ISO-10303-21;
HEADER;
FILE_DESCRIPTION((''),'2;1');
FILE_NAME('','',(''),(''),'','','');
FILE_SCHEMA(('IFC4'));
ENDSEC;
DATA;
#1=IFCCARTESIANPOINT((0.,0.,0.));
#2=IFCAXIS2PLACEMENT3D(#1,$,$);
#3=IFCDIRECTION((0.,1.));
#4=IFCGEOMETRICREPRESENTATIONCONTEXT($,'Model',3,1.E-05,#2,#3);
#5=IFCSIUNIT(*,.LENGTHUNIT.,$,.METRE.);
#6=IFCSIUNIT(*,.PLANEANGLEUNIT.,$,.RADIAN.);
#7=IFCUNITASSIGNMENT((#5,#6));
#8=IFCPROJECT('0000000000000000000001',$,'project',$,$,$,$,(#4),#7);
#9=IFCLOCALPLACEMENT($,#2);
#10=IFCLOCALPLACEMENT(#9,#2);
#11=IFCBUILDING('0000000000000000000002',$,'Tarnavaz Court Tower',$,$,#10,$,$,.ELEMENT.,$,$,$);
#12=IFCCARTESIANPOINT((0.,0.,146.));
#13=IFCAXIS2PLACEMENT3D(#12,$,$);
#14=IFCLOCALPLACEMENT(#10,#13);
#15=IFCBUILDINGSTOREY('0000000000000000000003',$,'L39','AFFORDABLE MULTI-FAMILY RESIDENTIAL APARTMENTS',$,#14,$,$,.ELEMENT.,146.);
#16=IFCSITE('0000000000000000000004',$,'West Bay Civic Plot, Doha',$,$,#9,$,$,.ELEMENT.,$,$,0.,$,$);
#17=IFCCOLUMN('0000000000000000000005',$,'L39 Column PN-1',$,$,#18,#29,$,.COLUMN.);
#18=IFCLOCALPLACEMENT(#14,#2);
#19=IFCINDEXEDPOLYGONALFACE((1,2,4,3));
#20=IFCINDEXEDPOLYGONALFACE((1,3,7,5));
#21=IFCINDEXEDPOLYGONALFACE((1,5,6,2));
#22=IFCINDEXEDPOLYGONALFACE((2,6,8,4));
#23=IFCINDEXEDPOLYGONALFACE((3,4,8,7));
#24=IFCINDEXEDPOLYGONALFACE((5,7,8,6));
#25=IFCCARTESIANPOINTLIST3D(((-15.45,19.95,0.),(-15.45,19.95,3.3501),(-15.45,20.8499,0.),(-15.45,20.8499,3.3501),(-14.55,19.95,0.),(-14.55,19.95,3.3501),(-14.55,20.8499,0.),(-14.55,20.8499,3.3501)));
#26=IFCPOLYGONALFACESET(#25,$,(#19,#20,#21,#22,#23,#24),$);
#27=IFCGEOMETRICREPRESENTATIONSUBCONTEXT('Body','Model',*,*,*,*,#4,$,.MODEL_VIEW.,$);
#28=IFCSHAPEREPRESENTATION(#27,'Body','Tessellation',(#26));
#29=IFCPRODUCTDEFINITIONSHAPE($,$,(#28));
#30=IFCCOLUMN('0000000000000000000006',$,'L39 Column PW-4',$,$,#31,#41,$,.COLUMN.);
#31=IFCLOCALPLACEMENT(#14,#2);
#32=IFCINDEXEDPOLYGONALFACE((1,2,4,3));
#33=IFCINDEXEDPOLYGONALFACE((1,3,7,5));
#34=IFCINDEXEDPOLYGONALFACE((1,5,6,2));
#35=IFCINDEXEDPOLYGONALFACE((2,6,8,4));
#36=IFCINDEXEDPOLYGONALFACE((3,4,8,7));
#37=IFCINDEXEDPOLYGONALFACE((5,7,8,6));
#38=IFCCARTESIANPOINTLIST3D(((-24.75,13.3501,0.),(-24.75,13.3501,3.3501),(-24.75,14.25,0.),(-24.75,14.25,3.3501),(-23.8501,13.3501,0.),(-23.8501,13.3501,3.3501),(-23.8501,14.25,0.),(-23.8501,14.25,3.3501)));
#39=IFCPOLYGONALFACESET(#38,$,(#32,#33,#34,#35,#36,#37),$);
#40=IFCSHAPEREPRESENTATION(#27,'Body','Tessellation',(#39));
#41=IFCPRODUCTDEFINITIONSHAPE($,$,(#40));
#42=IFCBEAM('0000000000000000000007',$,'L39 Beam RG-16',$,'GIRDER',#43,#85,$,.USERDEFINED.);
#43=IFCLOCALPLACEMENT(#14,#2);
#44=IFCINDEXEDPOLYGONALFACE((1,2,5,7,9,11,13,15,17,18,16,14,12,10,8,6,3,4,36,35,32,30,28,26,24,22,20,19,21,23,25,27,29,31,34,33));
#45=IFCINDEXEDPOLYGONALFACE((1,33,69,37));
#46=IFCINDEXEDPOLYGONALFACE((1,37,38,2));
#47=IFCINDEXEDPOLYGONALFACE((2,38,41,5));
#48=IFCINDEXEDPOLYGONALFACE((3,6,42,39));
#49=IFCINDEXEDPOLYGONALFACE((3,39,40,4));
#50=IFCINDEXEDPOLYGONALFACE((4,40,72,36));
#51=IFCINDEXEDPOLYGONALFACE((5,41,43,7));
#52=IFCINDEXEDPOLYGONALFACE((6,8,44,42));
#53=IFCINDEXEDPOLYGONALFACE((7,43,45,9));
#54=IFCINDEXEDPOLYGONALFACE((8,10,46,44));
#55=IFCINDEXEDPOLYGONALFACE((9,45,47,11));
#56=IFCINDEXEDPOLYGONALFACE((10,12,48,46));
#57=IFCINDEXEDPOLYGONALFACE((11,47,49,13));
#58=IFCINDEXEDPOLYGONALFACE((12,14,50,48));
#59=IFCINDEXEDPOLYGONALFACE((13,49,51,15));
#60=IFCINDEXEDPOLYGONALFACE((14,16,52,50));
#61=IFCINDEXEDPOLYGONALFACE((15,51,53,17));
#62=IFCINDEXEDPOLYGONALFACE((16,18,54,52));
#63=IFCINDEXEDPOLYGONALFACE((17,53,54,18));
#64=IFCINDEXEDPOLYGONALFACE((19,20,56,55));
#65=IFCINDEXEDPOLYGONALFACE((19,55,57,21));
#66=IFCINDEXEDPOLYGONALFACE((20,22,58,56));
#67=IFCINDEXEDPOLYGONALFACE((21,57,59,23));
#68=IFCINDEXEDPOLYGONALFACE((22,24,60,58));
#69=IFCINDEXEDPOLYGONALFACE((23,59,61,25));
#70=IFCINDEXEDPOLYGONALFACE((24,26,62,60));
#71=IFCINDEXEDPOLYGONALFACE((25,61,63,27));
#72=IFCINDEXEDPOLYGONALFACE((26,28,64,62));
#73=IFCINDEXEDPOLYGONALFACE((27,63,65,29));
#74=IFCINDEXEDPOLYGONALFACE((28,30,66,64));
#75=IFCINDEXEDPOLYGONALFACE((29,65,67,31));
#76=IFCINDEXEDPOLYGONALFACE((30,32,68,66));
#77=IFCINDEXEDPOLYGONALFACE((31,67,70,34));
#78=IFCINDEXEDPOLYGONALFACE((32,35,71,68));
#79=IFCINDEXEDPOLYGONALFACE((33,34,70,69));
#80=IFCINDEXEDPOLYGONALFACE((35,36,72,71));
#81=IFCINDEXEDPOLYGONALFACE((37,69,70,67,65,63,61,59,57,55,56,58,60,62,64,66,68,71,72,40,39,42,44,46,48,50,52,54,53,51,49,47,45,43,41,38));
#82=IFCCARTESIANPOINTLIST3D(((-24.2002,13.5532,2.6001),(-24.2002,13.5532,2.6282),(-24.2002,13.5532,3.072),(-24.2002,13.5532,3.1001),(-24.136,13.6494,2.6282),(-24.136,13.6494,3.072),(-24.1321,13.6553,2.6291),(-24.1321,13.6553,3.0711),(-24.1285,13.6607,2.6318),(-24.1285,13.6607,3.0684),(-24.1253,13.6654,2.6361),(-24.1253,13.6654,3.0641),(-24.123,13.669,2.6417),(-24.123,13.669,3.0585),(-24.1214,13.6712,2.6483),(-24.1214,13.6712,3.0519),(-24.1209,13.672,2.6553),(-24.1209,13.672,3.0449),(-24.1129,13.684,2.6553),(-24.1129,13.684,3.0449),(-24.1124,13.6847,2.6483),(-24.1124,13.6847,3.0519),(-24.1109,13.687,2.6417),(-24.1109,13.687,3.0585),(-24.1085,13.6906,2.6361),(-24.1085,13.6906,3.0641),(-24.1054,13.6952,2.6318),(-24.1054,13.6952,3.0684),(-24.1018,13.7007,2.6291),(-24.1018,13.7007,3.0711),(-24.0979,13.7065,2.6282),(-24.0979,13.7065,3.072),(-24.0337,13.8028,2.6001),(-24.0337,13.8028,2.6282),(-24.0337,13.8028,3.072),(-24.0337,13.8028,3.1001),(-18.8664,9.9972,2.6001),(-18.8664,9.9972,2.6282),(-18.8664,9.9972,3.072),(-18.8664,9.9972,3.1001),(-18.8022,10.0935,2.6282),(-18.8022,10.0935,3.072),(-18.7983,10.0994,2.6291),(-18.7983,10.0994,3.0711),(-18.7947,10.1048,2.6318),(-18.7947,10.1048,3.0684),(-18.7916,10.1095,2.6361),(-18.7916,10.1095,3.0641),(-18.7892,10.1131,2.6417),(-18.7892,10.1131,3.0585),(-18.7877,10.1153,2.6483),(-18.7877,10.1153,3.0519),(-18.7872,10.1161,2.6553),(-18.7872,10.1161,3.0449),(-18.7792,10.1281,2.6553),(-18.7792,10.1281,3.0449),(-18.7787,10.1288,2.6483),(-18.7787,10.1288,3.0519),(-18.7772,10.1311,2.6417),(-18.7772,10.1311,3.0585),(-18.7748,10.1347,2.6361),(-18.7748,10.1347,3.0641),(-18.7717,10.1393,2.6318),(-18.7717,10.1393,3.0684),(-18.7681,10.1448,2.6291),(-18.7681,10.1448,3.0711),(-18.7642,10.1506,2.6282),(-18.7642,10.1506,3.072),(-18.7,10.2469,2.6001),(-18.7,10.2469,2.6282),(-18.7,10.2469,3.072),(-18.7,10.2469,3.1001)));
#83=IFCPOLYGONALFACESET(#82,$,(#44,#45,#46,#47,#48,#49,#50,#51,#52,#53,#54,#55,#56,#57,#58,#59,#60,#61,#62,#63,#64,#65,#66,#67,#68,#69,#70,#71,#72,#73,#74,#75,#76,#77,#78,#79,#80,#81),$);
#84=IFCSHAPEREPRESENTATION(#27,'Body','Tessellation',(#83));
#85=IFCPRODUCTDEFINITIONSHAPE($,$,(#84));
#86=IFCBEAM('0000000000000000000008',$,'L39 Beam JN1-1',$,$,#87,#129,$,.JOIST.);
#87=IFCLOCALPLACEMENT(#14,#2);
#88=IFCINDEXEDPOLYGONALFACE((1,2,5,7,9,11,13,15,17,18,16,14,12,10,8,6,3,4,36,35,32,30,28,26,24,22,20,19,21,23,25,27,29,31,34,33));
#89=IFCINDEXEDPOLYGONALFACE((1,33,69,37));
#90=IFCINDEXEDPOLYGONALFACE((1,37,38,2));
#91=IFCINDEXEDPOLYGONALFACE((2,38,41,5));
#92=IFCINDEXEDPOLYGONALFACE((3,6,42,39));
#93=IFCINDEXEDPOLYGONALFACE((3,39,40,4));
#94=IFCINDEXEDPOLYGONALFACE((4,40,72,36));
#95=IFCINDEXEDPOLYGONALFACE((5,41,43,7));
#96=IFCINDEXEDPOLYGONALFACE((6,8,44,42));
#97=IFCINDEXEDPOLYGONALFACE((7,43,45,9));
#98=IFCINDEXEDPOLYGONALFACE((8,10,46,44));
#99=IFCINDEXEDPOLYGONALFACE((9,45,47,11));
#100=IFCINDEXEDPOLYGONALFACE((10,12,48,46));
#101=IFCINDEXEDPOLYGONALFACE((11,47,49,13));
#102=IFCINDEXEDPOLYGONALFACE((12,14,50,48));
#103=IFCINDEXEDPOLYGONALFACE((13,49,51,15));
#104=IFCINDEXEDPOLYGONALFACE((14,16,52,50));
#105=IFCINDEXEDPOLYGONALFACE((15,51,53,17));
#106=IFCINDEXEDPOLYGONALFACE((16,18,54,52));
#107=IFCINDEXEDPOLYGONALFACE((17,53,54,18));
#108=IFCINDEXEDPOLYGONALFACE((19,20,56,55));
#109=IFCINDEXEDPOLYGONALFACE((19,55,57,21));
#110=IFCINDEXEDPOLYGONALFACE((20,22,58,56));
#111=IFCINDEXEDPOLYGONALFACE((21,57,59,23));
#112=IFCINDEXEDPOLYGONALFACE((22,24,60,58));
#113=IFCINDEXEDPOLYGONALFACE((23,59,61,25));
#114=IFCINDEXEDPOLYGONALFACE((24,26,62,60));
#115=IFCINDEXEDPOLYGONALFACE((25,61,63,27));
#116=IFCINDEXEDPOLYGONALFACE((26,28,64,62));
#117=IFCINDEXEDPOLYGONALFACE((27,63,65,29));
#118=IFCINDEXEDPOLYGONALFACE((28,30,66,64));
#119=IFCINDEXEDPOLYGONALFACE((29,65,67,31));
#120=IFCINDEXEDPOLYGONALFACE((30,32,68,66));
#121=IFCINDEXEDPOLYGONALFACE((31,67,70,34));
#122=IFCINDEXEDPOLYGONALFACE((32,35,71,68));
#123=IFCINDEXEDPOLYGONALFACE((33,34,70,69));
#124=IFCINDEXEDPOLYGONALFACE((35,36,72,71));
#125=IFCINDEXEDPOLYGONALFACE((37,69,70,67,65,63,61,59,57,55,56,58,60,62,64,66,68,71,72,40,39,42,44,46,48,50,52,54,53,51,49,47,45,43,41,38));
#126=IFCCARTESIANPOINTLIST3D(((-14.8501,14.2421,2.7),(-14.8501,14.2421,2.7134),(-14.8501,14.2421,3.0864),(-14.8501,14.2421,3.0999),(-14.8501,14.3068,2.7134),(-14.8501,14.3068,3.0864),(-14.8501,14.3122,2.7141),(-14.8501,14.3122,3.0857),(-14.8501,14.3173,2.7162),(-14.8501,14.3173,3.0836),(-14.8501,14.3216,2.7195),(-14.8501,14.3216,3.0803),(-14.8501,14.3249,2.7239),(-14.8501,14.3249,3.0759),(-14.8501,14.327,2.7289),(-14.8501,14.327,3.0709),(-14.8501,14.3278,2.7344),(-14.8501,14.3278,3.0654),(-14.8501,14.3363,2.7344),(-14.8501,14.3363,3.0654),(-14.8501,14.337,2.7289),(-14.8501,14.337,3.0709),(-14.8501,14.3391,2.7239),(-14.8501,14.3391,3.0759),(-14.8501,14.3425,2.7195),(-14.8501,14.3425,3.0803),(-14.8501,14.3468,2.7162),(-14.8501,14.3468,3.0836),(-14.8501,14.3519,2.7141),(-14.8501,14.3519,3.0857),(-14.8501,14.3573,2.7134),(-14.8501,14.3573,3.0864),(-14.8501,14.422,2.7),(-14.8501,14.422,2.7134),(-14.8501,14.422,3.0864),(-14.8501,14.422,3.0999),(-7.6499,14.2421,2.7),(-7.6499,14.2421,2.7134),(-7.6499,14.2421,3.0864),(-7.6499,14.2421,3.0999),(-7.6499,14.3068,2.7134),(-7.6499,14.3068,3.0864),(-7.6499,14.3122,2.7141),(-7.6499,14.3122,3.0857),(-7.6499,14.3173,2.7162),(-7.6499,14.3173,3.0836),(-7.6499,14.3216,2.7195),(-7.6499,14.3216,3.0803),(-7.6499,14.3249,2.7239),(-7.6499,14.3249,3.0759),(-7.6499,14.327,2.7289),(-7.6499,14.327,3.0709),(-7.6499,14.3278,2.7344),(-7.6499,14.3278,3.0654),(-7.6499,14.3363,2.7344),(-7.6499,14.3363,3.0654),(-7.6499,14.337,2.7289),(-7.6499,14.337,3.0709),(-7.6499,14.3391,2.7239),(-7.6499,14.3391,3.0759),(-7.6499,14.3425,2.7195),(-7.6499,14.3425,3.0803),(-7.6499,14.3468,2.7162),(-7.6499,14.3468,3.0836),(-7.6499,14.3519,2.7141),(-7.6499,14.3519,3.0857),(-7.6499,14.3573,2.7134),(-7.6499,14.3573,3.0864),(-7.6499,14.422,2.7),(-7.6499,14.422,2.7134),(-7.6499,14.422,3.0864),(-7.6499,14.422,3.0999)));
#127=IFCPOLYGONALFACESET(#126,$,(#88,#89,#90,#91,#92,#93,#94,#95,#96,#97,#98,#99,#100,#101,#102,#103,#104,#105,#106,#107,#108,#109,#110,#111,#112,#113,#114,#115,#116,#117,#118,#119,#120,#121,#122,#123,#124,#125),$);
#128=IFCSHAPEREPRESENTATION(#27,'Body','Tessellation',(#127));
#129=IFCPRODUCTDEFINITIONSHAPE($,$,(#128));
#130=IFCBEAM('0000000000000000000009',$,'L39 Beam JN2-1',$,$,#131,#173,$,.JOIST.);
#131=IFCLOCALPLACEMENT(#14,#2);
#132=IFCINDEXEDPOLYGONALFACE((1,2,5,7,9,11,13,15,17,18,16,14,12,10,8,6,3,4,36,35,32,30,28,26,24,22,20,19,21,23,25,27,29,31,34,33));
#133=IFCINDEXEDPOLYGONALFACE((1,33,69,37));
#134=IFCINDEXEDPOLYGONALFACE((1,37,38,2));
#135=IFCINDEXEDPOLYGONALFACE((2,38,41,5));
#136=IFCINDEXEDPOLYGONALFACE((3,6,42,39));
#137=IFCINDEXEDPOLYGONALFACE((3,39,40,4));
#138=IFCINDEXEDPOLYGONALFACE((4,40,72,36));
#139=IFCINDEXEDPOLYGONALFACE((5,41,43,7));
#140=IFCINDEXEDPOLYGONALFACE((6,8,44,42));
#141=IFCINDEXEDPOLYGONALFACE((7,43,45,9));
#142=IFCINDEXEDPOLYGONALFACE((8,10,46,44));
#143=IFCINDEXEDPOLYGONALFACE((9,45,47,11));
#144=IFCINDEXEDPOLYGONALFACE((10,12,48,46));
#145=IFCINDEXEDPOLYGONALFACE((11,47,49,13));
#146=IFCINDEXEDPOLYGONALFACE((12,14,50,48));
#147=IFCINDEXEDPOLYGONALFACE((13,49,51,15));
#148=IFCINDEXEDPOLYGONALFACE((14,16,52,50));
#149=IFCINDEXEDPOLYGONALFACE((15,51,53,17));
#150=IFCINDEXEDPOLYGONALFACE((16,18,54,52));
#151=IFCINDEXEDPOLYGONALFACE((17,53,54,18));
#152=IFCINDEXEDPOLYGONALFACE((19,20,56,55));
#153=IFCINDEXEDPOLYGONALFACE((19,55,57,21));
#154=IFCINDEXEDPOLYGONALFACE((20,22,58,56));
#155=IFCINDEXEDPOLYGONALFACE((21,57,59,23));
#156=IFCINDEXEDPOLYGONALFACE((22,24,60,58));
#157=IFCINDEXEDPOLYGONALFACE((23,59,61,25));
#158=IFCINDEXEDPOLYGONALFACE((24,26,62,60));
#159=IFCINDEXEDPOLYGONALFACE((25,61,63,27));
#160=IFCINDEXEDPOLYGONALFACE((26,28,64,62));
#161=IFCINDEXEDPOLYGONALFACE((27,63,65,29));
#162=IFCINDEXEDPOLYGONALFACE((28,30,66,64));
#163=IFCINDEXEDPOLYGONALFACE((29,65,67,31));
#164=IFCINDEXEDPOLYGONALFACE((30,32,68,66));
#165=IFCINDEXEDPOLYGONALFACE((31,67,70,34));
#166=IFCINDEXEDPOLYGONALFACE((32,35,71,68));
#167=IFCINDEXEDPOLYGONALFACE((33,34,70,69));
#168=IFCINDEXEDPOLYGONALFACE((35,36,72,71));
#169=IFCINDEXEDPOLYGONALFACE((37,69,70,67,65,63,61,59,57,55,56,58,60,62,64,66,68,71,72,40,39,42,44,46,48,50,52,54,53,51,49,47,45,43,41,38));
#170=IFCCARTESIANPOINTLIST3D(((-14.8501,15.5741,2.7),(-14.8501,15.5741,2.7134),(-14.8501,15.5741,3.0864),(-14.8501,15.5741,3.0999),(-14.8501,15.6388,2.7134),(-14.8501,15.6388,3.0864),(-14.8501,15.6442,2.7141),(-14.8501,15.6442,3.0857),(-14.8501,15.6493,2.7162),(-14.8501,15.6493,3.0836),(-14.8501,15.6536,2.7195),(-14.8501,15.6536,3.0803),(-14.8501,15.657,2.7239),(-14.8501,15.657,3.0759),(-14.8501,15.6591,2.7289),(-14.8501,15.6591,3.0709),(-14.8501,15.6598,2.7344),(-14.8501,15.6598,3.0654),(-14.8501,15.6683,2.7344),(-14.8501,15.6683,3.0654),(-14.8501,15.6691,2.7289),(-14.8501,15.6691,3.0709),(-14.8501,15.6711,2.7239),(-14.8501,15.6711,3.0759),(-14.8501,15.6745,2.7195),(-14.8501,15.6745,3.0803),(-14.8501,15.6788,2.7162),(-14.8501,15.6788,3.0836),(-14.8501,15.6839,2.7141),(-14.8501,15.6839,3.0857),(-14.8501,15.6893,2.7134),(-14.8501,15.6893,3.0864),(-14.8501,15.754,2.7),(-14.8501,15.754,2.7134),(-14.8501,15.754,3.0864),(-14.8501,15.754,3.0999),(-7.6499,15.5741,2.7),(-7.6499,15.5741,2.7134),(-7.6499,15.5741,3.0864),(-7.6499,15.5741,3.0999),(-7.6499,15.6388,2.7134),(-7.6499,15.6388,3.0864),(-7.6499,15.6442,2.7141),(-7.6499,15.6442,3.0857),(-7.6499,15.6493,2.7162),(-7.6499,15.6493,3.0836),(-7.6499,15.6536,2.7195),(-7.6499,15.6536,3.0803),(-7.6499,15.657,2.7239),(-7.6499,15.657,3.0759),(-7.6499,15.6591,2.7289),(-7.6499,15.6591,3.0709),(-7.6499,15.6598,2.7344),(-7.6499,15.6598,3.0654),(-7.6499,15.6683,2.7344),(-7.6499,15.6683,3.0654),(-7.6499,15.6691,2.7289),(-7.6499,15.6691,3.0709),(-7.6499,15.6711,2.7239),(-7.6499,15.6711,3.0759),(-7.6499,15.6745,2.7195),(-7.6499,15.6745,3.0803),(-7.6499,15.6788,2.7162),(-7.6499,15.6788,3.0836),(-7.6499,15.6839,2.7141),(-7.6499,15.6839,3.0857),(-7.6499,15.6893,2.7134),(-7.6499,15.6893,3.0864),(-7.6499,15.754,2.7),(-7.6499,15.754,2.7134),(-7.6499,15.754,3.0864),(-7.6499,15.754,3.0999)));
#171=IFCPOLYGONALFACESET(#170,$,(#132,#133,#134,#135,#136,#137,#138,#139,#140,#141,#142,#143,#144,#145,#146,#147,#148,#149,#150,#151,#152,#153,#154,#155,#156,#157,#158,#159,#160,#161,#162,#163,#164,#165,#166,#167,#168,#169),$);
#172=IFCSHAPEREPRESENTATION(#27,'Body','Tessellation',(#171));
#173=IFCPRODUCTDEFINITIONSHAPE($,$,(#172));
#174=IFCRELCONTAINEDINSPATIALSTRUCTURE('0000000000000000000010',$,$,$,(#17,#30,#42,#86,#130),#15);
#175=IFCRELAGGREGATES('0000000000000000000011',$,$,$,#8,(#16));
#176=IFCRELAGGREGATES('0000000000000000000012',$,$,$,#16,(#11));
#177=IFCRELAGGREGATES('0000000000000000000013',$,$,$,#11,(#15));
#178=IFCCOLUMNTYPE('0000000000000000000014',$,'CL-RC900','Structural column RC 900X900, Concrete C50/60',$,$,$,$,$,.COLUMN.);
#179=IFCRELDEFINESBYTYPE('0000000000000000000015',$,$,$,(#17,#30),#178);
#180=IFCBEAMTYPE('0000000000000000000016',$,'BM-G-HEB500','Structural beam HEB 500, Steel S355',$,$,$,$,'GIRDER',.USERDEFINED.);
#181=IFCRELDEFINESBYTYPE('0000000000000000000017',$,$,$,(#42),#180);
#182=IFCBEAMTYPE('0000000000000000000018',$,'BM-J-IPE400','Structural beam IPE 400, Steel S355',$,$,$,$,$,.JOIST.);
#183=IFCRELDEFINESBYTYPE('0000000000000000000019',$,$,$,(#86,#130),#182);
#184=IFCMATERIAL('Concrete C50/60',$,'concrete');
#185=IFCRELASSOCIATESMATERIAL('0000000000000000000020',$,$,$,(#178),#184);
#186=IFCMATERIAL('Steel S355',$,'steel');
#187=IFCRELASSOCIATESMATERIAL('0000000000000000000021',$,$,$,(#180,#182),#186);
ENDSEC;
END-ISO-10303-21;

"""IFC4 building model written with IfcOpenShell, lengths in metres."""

from ifc_helpers import new_model, si_unit, direction, frame, origin, origin_2d, place, context, subcontext, project, spatial, rectangle, i_section, extrude, material, material_profile, profile_set, type_object, element, save


model = new_model("IFC4")

# Units and contexts
model_context = context("Model", 3, precision=1e-05, world=origin(), true_north=direction((0.0, 1.0)))
body_context = subcontext(model_context, "Body", "Model", "MODEL_VIEW")
ifc_project = project(units=[si_unit("LENGTHUNIT", "METRE"), si_unit("PLANEANGLEUNIT", "RADIAN")], contexts=[model_context])

# Site, building, storey
site_placement = place(None, origin())
site = spatial("IfcSite", under=ifc_project, at=site_placement, Name="West Bay Civic Plot, Doha", CompositionType="ELEMENT", RefElevation=0.0)
building_placement = place(site_placement, origin())
building = spatial("IfcBuilding", under=site, at=building_placement, Name="Tarnavaz Court Tower", CompositionType="ELEMENT")
storey_placement = place(building_placement, frame((0.0, 0.0, 146.0)))
storey = spatial("IfcBuildingStorey", under=building, at=storey_placement, Name="L39", Description="AFFORDABLE MULTI-FAMILY RESIDENTIAL APARTMENTS", CompositionType="ELEMENT", Elevation=146.0)

# Columns
ifc_material_1 = material(Name="Concrete C50/60", Category="concrete")
ifc_material_profile_1 = material_profile(ifc_material_1, rectangle(XDim=0.8999, YDim=0.8999, at=origin_2d()), Name="RC 900X900")
ifc_profile_set_1 = profile_set([ifc_material_profile_1], Name="Concrete C50/60")
column_type = type_object("IfcColumnType", Name="CL-RC900", Description="Structural column RC 900X900, Concrete C50/60", PredefinedType="COLUMN", material=ifc_profile_set_1)
for number, where, z_axis, x_axis, name in (
    (1, (-15.0, 20.3999, 0.0), (0.0, 0.0, 1.0), (1.0, 0.0, 0.0), "L39 Column PN-1"),
    (2, (-24.3, 13.8, 0.0), (0.0, 0.0, 1.0), (1.0, 0.0, 0.0), "L39 Column PW-4"),
):
    element("IfcColumn", number, at=place(storey_placement, frame(where, z_axis=z_axis, x_axis=x_axis)), inside=storey, type_object=column_type, Name=name, PredefinedType="COLUMN", context=body_context, shape_type="SweptSolid", body=[
        extrude(rectangle(XDim=0.8999, YDim=0.8999, at=origin_2d()), origin(), (0.0, 0.0, 1.0), 3.3501),
    ])

# Beams
ifc_material_2 = material(Name="Steel S355", Category="steel")
ifc_material_profile_2 = material_profile(ifc_material_2, i_section(OverallWidth=0.3, OverallDepth=0.5, WebThickness=0.0144, FlangeThickness=0.0281, FilletRadius=0.0271, at=origin_2d()), Name="HEB 500")
ifc_profile_set_2 = profile_set([ifc_material_profile_2], Name="Steel S355")
beam_type_1 = type_object("IfcBeamType", Name="BM-G-HEB500", Description="Structural beam HEB 500, Steel S355", ElementType="GIRDER", PredefinedType="USERDEFINED", material=ifc_profile_set_2)
beam_1_placement = place(storey_placement, frame((-18.7832, 10.1221, 2.8501), z_axis=(-0.832044, 0.554709, 0.0), x_axis=(-0.554709, -0.832044, 0.0)))
element("IfcBeam", 3, at=beam_1_placement, inside=storey, type_object=beam_type_1, Name="L39 Beam RG-16", ObjectType="GIRDER", PredefinedType="USERDEFINED", context=body_context, shape_type="SweptSolid", body=[
    extrude(i_section(OverallWidth=0.3, OverallDepth=0.5, WebThickness=0.0144, FlangeThickness=0.0281, FilletRadius=0.0271, at=origin_2d()), origin(), (0.0, 0.0, 1.0), 6.4104),
])
ifc_material_profile_3 = material_profile(ifc_material_2, i_section(OverallWidth=0.1799, OverallDepth=0.3999, WebThickness=0.0085, FlangeThickness=0.0134, FilletRadius=0.021, at=origin_2d()), Name="IPE 400")
ifc_profile_set_3 = profile_set([ifc_material_profile_3], Name="Steel S355")
beam_type_2 = type_object("IfcBeamType", Name="BM-J-IPE400", Description="Structural beam IPE 400, Steel S355", PredefinedType="JOIST", material=ifc_profile_set_3)
for number, where, z_axis, x_axis, name in (
    (4, (-14.8501, 14.332, 2.8999), (1.0, 0.0, 0.0), (0.0, 1.0, 0.0), "L39 Beam JN1-1"),
    (5, (-14.8501, 15.6641, 2.8999), (1.0, 0.0, 0.0), (0.0, 1.0, 0.0), "L39 Beam JN2-1"),
):
    element("IfcBeam", number, at=place(storey_placement, frame(where, z_axis=z_axis, x_axis=x_axis)), inside=storey, type_object=beam_type_2, Name=name, PredefinedType="JOIST", context=body_context, shape_type="SweptSolid", body=[
        extrude(i_section(OverallWidth=0.1799, OverallDepth=0.3999, WebThickness=0.0085, FlangeThickness=0.0134, FilletRadius=0.021, at=origin_2d()), origin(), (0.0, 0.0, 1.0), 7.2002),
    ])

save(model, "model.ifc")
